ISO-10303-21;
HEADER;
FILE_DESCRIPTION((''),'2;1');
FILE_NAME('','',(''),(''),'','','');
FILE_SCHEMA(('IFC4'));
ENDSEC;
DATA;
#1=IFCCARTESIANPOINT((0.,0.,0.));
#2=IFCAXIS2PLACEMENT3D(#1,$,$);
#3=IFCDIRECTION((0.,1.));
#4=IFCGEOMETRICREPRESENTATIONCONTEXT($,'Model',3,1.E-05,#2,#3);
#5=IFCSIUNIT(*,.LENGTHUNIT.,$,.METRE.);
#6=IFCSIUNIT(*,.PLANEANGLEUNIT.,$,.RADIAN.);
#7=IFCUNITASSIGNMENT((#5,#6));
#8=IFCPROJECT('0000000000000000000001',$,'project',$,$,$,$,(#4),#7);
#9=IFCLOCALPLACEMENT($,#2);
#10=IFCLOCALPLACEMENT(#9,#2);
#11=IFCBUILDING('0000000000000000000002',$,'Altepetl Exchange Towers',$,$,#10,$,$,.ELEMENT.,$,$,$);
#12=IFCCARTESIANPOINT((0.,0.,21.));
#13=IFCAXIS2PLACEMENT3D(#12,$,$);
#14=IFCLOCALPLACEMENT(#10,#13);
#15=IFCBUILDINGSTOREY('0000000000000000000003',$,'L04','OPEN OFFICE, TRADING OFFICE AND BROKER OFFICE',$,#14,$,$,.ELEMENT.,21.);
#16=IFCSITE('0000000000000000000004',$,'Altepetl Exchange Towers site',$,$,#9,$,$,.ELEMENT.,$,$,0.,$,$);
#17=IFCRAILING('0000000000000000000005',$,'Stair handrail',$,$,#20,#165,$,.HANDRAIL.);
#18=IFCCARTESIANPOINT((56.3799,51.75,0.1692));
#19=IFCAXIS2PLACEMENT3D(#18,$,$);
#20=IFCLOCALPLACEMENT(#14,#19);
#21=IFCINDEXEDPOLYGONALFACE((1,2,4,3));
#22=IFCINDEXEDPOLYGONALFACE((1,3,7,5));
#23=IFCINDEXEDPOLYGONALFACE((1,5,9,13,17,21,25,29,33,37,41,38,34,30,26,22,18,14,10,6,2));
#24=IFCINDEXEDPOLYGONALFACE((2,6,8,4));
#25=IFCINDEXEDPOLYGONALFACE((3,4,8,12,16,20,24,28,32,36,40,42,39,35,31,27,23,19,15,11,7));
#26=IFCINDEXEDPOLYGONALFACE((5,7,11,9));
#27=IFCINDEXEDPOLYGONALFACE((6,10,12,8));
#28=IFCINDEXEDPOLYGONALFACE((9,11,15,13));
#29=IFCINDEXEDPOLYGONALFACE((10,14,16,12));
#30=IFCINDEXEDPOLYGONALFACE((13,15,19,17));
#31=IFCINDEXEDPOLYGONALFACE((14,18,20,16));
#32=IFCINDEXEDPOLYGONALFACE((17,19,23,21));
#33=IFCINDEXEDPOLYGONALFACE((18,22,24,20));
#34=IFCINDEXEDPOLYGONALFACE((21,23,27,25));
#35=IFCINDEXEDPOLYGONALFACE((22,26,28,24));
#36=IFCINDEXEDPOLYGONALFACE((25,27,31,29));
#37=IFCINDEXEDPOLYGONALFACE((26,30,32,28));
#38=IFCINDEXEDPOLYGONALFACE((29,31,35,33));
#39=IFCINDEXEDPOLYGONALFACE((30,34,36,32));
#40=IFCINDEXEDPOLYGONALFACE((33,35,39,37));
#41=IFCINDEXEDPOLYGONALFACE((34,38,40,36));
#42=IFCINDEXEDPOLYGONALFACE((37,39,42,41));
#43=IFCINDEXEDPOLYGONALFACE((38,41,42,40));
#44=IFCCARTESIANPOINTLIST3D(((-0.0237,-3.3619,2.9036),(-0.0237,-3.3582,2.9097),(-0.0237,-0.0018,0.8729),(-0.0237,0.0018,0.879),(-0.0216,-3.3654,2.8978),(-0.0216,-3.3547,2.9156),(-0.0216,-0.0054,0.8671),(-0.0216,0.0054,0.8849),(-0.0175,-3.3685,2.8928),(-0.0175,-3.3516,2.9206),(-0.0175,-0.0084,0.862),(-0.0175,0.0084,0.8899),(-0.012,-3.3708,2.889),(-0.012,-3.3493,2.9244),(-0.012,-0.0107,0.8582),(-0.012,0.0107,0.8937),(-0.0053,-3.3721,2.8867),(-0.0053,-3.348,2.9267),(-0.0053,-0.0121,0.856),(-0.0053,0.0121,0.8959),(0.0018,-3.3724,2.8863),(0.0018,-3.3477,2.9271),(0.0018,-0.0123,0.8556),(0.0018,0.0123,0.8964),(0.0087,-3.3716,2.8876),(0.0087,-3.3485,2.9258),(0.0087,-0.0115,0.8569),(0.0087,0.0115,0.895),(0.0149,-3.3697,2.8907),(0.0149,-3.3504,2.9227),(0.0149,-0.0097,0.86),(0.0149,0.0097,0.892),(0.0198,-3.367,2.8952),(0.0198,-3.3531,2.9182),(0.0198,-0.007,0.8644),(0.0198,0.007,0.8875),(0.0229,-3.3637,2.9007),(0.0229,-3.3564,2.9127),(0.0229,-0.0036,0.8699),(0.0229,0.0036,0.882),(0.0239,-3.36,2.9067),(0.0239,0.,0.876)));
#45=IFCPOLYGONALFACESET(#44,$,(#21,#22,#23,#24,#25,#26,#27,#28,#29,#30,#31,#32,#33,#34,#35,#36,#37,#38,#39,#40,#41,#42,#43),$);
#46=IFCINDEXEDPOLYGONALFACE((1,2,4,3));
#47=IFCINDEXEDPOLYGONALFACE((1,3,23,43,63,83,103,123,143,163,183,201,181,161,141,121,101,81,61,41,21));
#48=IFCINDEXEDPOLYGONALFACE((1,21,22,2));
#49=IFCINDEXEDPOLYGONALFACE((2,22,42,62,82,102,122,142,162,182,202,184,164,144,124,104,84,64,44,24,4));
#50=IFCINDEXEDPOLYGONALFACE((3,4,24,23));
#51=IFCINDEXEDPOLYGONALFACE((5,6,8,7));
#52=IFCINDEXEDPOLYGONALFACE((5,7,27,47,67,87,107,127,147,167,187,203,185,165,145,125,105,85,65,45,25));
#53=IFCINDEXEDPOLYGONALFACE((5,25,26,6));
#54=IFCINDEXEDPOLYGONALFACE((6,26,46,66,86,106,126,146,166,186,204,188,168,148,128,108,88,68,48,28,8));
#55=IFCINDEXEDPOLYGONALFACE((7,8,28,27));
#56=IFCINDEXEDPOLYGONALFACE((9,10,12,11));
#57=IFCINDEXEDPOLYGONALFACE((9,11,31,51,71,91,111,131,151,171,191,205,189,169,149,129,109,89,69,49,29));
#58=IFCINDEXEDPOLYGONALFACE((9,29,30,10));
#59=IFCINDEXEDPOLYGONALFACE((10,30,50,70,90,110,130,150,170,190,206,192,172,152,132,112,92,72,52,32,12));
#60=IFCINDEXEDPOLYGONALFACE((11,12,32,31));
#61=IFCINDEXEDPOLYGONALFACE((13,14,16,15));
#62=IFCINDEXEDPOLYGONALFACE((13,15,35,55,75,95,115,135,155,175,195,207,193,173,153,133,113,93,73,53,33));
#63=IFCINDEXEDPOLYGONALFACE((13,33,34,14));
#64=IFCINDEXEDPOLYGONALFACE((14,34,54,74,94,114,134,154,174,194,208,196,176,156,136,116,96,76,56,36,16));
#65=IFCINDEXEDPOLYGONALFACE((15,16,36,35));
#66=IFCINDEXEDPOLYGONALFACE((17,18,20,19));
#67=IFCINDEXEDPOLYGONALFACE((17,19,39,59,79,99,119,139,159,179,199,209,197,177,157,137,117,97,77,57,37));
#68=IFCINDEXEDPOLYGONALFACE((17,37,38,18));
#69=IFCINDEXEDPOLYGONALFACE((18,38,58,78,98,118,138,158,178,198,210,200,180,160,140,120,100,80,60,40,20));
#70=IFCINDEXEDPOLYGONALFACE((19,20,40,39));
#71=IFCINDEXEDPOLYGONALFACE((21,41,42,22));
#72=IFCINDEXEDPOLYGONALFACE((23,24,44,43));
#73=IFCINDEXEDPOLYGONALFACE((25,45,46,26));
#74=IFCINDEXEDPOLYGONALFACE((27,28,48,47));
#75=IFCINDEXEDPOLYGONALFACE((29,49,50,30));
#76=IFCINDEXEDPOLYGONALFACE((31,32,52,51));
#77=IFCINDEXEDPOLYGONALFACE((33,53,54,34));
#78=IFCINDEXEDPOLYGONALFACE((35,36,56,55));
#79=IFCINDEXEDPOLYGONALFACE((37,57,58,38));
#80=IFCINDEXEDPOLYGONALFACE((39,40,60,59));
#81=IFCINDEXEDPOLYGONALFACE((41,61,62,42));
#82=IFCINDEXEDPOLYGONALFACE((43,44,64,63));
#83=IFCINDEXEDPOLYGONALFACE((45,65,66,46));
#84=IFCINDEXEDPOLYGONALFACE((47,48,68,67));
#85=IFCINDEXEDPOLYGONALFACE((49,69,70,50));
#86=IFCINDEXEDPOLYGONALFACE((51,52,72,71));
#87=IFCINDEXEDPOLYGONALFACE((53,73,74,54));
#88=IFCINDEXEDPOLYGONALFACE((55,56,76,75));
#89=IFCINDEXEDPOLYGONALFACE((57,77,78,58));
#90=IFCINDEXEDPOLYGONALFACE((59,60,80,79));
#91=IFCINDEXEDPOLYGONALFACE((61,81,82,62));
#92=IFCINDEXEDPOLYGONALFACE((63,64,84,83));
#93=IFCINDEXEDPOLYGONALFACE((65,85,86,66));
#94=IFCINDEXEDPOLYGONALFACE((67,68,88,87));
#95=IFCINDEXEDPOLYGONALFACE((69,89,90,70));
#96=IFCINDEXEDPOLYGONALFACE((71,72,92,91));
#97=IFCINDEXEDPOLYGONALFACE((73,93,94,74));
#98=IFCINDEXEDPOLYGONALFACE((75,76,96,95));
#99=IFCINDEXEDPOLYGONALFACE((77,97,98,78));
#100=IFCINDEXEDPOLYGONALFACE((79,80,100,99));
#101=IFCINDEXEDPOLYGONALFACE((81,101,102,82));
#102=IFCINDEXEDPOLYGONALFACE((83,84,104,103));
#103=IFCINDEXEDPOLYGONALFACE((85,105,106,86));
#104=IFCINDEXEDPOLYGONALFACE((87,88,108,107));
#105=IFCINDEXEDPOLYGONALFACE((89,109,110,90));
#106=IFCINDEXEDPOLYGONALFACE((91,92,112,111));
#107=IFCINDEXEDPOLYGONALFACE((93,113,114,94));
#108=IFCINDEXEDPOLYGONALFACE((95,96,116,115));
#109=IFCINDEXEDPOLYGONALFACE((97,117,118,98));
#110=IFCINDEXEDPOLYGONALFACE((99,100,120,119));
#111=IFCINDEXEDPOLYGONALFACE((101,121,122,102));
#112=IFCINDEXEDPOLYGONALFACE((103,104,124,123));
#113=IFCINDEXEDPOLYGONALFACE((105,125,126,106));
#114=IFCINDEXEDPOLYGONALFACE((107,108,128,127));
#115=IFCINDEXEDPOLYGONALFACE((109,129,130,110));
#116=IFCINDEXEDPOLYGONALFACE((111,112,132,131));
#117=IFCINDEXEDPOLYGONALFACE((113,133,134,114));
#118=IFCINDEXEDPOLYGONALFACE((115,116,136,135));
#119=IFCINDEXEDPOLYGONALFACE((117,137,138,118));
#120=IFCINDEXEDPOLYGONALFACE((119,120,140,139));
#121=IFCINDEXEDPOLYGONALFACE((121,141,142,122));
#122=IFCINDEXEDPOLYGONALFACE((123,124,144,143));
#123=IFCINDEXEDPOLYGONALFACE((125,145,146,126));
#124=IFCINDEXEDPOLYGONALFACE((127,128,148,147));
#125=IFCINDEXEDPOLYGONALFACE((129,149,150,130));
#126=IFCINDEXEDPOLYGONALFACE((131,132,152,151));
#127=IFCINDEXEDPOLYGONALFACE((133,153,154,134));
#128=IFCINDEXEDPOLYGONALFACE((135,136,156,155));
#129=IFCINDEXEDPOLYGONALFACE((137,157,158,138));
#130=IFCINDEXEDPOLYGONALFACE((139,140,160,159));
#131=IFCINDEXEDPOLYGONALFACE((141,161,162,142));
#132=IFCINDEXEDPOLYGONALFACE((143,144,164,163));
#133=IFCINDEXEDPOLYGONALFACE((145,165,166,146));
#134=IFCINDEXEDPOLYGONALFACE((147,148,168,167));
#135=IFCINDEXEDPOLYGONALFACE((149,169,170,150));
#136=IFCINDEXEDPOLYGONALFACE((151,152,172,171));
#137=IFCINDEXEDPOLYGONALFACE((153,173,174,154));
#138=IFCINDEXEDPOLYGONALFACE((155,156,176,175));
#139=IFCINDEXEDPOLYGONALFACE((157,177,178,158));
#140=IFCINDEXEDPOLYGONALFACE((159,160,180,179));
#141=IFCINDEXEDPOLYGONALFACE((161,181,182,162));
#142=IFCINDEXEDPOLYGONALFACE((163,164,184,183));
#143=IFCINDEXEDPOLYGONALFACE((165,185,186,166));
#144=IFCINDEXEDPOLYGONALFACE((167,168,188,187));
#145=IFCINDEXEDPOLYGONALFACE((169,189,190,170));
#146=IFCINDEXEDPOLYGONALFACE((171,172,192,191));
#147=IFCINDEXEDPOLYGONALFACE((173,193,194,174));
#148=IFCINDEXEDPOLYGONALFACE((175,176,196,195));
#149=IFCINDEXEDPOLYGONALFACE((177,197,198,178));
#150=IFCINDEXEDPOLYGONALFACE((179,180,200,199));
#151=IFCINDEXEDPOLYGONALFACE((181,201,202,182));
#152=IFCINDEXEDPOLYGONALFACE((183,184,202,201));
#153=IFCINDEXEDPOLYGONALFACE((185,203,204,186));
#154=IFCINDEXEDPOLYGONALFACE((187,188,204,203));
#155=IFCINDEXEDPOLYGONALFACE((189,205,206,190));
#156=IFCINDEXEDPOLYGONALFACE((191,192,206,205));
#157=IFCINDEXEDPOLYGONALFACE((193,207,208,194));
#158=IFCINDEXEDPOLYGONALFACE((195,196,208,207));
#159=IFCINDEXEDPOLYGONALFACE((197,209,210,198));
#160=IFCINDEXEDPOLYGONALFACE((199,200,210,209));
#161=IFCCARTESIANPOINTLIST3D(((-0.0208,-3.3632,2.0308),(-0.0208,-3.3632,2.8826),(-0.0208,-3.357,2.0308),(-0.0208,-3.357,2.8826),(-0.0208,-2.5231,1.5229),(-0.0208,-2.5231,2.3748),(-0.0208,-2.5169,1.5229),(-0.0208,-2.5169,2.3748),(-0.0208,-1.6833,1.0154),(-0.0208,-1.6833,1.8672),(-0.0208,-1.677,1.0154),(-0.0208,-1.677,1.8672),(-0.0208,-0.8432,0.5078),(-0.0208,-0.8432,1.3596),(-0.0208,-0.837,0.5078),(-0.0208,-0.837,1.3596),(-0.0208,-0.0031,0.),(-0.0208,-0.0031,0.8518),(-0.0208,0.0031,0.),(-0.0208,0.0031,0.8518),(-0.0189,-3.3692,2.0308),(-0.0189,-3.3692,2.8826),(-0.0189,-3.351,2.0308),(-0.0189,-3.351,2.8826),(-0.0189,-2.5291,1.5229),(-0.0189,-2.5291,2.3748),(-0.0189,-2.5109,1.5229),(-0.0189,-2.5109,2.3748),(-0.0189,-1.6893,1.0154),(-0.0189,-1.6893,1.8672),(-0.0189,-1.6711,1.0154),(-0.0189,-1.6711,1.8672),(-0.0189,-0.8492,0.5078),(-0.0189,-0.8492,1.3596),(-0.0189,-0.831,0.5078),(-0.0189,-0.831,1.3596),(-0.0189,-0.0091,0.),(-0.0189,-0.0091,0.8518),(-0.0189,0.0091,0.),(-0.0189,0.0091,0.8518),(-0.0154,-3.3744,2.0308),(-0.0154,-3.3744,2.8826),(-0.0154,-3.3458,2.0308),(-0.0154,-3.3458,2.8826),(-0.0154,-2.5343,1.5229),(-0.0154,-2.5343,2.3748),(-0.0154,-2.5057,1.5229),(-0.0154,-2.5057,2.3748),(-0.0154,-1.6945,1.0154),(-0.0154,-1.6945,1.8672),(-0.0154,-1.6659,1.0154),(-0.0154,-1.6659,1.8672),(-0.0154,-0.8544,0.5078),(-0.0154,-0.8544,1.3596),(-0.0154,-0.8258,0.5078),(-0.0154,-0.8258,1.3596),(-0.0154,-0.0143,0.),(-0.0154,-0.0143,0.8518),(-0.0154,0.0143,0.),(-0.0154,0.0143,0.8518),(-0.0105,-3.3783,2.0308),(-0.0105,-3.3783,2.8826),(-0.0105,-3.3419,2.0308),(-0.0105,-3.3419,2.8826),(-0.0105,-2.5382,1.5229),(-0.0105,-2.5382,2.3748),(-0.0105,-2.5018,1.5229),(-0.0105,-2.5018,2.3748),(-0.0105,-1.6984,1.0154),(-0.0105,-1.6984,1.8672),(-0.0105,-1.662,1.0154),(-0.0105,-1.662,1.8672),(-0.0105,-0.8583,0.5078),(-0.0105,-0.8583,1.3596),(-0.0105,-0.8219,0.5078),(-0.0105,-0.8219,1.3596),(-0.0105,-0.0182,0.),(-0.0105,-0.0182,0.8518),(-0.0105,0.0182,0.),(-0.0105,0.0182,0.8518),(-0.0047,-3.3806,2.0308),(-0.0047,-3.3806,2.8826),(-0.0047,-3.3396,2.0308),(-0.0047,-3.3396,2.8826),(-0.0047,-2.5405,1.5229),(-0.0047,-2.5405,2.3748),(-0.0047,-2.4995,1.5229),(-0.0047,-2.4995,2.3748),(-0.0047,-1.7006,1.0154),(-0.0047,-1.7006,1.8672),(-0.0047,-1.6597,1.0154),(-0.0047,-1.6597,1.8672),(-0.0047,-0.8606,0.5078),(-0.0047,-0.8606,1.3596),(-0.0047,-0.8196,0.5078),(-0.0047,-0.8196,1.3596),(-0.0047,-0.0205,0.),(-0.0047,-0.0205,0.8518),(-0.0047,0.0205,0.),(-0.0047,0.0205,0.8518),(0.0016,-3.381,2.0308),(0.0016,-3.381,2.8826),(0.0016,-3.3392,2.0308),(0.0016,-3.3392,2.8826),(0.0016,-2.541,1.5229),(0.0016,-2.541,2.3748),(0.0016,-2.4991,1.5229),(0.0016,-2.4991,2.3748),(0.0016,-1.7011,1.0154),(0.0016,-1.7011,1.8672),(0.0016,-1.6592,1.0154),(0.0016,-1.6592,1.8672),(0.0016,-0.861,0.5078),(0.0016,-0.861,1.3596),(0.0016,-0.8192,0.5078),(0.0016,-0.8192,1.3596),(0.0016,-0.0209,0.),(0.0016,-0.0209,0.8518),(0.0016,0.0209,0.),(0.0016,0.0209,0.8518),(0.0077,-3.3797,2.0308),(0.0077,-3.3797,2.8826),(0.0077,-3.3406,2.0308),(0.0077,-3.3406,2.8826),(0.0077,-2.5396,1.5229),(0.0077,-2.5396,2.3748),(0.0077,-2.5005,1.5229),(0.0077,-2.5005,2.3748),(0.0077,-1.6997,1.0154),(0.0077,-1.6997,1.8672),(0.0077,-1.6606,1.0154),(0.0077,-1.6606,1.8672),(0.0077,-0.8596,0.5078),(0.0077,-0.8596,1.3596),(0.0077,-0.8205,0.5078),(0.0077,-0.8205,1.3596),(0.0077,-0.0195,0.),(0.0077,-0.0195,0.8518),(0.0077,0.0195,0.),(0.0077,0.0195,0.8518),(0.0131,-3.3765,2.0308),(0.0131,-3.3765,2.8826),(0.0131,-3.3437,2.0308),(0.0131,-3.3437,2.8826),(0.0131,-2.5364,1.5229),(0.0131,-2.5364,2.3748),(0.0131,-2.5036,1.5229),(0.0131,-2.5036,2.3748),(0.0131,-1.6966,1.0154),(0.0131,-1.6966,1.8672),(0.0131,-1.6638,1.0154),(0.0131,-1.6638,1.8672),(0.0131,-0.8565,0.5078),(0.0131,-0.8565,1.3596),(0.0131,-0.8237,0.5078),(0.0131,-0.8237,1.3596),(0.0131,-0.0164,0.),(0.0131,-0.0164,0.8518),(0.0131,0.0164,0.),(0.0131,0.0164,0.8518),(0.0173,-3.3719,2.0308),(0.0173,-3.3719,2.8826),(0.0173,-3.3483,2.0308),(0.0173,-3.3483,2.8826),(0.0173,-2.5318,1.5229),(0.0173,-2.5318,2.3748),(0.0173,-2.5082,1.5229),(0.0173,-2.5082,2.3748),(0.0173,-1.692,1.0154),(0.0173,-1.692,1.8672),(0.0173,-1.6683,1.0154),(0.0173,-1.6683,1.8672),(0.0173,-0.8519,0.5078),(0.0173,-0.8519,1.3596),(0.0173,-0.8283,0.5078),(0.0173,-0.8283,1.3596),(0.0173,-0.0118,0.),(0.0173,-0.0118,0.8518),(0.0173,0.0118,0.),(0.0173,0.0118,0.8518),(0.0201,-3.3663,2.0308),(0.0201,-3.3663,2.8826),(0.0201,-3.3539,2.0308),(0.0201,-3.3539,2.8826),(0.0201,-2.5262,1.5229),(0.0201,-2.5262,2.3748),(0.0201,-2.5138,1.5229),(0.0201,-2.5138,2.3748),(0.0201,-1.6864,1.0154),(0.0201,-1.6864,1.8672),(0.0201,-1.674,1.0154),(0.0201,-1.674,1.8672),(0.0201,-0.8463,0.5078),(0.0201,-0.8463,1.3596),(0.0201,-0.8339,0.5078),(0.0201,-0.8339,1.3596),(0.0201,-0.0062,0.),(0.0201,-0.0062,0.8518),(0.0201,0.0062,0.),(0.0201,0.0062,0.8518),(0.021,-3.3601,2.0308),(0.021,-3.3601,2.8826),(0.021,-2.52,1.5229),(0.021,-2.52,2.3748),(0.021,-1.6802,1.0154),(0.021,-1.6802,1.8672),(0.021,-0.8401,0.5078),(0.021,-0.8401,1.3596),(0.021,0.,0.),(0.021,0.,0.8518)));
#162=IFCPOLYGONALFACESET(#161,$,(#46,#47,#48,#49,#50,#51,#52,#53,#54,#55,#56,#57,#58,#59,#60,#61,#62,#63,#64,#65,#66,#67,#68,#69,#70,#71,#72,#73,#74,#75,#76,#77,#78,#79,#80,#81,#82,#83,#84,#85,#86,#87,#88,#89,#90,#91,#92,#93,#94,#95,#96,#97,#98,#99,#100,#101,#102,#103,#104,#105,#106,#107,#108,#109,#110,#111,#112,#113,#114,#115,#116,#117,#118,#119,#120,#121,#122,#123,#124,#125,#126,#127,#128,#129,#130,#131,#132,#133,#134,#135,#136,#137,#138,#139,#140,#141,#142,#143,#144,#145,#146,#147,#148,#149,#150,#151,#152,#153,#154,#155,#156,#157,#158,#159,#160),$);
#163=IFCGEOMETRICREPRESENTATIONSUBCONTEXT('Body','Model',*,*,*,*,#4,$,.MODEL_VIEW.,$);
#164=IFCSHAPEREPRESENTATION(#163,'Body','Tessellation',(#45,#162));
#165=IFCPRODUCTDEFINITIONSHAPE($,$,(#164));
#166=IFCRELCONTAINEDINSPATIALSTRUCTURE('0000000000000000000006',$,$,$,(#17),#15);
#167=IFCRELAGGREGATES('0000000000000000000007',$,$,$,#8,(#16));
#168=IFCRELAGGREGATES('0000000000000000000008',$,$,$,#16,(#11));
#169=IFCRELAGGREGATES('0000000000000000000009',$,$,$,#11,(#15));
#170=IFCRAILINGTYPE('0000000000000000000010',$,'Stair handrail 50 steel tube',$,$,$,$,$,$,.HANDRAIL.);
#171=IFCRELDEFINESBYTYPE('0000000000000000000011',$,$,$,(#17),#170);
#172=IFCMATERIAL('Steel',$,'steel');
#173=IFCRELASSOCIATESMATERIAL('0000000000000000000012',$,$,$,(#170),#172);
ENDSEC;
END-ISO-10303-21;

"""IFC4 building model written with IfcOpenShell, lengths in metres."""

from ifc_helpers import new_model, si_unit, direction, frame, origin, origin_2d, place, context, subcontext, project, spatial, circle, extrude, source, transform, mapped, material, type_object, element, save


model = new_model("IFC4")

# Units and contexts
model_context = context("Model", 3, precision=1e-05, world=origin(), true_north=direction((0.0, 1.0)))
body_context = subcontext(model_context, "Body", "Model", "MODEL_VIEW")
ifc_project = project(units=[si_unit("LENGTHUNIT", "METRE"), si_unit("PLANEANGLEUNIT", "RADIAN")], contexts=[model_context])

# Site, building, storey
site_placement = place(None, origin())
site = spatial("IfcSite", under=ifc_project, at=site_placement, Name="Altepetl Exchange Towers site", CompositionType="ELEMENT", RefElevation=0.0)
building_placement = place(site_placement, origin())
building = spatial("IfcBuilding", under=site, at=building_placement, Name="Altepetl Exchange Towers", CompositionType="ELEMENT")
storey_placement = place(building_placement, frame((0.0, 0.0, 21.0)))
storey = spatial("IfcBuildingStorey", under=building, at=storey_placement, Name="L04", Description="OPEN OFFICE, TRADING OFFICE AND BROKER OFFICE", CompositionType="ELEMENT", Elevation=21.0)

# Railing
ifc_material_1 = material(Name="Steel", Category="steel")
railing_type = type_object("IfcRailingType", Name="Stair handrail 50 steel tube", PredefinedType="HANDRAIL", material=ifc_material_1)
shared_shape = source(origin(), body_context, "Body", "SweptSolid", [
    extrude(circle(Radius=0.021, at=origin_2d()), origin(), (0.0, 0.0, 1.0), 0.8518),
])
railing_1_placement = place(storey_placement, frame((56.3799, 51.75, 0.1692)))
element("IfcRailing", 1, at=railing_1_placement, inside=storey, type_object=railing_type, Name="Stair handrail", PredefinedType="HANDRAIL", context=body_context, shape_type="SweptSolid", body=[
    extrude(circle(Radius=0.0239, at=origin_2d()), frame((0.0, 0.0, 0.876), z_axis=(0.0, -0.855837, 0.517246), x_axis=(1.0, 0.0, 0.0)), (0.0, 0.0, 1.0), 3.926),
    mapped(shared_shape, transform((0.0, 0.0, 0.0))),
    mapped(shared_shape, transform((0.0, -0.8401, 0.5078))),
    mapped(shared_shape, transform((0.0, -1.6802, 1.0154))),
    mapped(shared_shape, transform((0.0, -2.52, 1.5229))),
    mapped(shared_shape, transform((0.0, -3.3601, 2.0308))),
])

save(model, "model.ifc")
